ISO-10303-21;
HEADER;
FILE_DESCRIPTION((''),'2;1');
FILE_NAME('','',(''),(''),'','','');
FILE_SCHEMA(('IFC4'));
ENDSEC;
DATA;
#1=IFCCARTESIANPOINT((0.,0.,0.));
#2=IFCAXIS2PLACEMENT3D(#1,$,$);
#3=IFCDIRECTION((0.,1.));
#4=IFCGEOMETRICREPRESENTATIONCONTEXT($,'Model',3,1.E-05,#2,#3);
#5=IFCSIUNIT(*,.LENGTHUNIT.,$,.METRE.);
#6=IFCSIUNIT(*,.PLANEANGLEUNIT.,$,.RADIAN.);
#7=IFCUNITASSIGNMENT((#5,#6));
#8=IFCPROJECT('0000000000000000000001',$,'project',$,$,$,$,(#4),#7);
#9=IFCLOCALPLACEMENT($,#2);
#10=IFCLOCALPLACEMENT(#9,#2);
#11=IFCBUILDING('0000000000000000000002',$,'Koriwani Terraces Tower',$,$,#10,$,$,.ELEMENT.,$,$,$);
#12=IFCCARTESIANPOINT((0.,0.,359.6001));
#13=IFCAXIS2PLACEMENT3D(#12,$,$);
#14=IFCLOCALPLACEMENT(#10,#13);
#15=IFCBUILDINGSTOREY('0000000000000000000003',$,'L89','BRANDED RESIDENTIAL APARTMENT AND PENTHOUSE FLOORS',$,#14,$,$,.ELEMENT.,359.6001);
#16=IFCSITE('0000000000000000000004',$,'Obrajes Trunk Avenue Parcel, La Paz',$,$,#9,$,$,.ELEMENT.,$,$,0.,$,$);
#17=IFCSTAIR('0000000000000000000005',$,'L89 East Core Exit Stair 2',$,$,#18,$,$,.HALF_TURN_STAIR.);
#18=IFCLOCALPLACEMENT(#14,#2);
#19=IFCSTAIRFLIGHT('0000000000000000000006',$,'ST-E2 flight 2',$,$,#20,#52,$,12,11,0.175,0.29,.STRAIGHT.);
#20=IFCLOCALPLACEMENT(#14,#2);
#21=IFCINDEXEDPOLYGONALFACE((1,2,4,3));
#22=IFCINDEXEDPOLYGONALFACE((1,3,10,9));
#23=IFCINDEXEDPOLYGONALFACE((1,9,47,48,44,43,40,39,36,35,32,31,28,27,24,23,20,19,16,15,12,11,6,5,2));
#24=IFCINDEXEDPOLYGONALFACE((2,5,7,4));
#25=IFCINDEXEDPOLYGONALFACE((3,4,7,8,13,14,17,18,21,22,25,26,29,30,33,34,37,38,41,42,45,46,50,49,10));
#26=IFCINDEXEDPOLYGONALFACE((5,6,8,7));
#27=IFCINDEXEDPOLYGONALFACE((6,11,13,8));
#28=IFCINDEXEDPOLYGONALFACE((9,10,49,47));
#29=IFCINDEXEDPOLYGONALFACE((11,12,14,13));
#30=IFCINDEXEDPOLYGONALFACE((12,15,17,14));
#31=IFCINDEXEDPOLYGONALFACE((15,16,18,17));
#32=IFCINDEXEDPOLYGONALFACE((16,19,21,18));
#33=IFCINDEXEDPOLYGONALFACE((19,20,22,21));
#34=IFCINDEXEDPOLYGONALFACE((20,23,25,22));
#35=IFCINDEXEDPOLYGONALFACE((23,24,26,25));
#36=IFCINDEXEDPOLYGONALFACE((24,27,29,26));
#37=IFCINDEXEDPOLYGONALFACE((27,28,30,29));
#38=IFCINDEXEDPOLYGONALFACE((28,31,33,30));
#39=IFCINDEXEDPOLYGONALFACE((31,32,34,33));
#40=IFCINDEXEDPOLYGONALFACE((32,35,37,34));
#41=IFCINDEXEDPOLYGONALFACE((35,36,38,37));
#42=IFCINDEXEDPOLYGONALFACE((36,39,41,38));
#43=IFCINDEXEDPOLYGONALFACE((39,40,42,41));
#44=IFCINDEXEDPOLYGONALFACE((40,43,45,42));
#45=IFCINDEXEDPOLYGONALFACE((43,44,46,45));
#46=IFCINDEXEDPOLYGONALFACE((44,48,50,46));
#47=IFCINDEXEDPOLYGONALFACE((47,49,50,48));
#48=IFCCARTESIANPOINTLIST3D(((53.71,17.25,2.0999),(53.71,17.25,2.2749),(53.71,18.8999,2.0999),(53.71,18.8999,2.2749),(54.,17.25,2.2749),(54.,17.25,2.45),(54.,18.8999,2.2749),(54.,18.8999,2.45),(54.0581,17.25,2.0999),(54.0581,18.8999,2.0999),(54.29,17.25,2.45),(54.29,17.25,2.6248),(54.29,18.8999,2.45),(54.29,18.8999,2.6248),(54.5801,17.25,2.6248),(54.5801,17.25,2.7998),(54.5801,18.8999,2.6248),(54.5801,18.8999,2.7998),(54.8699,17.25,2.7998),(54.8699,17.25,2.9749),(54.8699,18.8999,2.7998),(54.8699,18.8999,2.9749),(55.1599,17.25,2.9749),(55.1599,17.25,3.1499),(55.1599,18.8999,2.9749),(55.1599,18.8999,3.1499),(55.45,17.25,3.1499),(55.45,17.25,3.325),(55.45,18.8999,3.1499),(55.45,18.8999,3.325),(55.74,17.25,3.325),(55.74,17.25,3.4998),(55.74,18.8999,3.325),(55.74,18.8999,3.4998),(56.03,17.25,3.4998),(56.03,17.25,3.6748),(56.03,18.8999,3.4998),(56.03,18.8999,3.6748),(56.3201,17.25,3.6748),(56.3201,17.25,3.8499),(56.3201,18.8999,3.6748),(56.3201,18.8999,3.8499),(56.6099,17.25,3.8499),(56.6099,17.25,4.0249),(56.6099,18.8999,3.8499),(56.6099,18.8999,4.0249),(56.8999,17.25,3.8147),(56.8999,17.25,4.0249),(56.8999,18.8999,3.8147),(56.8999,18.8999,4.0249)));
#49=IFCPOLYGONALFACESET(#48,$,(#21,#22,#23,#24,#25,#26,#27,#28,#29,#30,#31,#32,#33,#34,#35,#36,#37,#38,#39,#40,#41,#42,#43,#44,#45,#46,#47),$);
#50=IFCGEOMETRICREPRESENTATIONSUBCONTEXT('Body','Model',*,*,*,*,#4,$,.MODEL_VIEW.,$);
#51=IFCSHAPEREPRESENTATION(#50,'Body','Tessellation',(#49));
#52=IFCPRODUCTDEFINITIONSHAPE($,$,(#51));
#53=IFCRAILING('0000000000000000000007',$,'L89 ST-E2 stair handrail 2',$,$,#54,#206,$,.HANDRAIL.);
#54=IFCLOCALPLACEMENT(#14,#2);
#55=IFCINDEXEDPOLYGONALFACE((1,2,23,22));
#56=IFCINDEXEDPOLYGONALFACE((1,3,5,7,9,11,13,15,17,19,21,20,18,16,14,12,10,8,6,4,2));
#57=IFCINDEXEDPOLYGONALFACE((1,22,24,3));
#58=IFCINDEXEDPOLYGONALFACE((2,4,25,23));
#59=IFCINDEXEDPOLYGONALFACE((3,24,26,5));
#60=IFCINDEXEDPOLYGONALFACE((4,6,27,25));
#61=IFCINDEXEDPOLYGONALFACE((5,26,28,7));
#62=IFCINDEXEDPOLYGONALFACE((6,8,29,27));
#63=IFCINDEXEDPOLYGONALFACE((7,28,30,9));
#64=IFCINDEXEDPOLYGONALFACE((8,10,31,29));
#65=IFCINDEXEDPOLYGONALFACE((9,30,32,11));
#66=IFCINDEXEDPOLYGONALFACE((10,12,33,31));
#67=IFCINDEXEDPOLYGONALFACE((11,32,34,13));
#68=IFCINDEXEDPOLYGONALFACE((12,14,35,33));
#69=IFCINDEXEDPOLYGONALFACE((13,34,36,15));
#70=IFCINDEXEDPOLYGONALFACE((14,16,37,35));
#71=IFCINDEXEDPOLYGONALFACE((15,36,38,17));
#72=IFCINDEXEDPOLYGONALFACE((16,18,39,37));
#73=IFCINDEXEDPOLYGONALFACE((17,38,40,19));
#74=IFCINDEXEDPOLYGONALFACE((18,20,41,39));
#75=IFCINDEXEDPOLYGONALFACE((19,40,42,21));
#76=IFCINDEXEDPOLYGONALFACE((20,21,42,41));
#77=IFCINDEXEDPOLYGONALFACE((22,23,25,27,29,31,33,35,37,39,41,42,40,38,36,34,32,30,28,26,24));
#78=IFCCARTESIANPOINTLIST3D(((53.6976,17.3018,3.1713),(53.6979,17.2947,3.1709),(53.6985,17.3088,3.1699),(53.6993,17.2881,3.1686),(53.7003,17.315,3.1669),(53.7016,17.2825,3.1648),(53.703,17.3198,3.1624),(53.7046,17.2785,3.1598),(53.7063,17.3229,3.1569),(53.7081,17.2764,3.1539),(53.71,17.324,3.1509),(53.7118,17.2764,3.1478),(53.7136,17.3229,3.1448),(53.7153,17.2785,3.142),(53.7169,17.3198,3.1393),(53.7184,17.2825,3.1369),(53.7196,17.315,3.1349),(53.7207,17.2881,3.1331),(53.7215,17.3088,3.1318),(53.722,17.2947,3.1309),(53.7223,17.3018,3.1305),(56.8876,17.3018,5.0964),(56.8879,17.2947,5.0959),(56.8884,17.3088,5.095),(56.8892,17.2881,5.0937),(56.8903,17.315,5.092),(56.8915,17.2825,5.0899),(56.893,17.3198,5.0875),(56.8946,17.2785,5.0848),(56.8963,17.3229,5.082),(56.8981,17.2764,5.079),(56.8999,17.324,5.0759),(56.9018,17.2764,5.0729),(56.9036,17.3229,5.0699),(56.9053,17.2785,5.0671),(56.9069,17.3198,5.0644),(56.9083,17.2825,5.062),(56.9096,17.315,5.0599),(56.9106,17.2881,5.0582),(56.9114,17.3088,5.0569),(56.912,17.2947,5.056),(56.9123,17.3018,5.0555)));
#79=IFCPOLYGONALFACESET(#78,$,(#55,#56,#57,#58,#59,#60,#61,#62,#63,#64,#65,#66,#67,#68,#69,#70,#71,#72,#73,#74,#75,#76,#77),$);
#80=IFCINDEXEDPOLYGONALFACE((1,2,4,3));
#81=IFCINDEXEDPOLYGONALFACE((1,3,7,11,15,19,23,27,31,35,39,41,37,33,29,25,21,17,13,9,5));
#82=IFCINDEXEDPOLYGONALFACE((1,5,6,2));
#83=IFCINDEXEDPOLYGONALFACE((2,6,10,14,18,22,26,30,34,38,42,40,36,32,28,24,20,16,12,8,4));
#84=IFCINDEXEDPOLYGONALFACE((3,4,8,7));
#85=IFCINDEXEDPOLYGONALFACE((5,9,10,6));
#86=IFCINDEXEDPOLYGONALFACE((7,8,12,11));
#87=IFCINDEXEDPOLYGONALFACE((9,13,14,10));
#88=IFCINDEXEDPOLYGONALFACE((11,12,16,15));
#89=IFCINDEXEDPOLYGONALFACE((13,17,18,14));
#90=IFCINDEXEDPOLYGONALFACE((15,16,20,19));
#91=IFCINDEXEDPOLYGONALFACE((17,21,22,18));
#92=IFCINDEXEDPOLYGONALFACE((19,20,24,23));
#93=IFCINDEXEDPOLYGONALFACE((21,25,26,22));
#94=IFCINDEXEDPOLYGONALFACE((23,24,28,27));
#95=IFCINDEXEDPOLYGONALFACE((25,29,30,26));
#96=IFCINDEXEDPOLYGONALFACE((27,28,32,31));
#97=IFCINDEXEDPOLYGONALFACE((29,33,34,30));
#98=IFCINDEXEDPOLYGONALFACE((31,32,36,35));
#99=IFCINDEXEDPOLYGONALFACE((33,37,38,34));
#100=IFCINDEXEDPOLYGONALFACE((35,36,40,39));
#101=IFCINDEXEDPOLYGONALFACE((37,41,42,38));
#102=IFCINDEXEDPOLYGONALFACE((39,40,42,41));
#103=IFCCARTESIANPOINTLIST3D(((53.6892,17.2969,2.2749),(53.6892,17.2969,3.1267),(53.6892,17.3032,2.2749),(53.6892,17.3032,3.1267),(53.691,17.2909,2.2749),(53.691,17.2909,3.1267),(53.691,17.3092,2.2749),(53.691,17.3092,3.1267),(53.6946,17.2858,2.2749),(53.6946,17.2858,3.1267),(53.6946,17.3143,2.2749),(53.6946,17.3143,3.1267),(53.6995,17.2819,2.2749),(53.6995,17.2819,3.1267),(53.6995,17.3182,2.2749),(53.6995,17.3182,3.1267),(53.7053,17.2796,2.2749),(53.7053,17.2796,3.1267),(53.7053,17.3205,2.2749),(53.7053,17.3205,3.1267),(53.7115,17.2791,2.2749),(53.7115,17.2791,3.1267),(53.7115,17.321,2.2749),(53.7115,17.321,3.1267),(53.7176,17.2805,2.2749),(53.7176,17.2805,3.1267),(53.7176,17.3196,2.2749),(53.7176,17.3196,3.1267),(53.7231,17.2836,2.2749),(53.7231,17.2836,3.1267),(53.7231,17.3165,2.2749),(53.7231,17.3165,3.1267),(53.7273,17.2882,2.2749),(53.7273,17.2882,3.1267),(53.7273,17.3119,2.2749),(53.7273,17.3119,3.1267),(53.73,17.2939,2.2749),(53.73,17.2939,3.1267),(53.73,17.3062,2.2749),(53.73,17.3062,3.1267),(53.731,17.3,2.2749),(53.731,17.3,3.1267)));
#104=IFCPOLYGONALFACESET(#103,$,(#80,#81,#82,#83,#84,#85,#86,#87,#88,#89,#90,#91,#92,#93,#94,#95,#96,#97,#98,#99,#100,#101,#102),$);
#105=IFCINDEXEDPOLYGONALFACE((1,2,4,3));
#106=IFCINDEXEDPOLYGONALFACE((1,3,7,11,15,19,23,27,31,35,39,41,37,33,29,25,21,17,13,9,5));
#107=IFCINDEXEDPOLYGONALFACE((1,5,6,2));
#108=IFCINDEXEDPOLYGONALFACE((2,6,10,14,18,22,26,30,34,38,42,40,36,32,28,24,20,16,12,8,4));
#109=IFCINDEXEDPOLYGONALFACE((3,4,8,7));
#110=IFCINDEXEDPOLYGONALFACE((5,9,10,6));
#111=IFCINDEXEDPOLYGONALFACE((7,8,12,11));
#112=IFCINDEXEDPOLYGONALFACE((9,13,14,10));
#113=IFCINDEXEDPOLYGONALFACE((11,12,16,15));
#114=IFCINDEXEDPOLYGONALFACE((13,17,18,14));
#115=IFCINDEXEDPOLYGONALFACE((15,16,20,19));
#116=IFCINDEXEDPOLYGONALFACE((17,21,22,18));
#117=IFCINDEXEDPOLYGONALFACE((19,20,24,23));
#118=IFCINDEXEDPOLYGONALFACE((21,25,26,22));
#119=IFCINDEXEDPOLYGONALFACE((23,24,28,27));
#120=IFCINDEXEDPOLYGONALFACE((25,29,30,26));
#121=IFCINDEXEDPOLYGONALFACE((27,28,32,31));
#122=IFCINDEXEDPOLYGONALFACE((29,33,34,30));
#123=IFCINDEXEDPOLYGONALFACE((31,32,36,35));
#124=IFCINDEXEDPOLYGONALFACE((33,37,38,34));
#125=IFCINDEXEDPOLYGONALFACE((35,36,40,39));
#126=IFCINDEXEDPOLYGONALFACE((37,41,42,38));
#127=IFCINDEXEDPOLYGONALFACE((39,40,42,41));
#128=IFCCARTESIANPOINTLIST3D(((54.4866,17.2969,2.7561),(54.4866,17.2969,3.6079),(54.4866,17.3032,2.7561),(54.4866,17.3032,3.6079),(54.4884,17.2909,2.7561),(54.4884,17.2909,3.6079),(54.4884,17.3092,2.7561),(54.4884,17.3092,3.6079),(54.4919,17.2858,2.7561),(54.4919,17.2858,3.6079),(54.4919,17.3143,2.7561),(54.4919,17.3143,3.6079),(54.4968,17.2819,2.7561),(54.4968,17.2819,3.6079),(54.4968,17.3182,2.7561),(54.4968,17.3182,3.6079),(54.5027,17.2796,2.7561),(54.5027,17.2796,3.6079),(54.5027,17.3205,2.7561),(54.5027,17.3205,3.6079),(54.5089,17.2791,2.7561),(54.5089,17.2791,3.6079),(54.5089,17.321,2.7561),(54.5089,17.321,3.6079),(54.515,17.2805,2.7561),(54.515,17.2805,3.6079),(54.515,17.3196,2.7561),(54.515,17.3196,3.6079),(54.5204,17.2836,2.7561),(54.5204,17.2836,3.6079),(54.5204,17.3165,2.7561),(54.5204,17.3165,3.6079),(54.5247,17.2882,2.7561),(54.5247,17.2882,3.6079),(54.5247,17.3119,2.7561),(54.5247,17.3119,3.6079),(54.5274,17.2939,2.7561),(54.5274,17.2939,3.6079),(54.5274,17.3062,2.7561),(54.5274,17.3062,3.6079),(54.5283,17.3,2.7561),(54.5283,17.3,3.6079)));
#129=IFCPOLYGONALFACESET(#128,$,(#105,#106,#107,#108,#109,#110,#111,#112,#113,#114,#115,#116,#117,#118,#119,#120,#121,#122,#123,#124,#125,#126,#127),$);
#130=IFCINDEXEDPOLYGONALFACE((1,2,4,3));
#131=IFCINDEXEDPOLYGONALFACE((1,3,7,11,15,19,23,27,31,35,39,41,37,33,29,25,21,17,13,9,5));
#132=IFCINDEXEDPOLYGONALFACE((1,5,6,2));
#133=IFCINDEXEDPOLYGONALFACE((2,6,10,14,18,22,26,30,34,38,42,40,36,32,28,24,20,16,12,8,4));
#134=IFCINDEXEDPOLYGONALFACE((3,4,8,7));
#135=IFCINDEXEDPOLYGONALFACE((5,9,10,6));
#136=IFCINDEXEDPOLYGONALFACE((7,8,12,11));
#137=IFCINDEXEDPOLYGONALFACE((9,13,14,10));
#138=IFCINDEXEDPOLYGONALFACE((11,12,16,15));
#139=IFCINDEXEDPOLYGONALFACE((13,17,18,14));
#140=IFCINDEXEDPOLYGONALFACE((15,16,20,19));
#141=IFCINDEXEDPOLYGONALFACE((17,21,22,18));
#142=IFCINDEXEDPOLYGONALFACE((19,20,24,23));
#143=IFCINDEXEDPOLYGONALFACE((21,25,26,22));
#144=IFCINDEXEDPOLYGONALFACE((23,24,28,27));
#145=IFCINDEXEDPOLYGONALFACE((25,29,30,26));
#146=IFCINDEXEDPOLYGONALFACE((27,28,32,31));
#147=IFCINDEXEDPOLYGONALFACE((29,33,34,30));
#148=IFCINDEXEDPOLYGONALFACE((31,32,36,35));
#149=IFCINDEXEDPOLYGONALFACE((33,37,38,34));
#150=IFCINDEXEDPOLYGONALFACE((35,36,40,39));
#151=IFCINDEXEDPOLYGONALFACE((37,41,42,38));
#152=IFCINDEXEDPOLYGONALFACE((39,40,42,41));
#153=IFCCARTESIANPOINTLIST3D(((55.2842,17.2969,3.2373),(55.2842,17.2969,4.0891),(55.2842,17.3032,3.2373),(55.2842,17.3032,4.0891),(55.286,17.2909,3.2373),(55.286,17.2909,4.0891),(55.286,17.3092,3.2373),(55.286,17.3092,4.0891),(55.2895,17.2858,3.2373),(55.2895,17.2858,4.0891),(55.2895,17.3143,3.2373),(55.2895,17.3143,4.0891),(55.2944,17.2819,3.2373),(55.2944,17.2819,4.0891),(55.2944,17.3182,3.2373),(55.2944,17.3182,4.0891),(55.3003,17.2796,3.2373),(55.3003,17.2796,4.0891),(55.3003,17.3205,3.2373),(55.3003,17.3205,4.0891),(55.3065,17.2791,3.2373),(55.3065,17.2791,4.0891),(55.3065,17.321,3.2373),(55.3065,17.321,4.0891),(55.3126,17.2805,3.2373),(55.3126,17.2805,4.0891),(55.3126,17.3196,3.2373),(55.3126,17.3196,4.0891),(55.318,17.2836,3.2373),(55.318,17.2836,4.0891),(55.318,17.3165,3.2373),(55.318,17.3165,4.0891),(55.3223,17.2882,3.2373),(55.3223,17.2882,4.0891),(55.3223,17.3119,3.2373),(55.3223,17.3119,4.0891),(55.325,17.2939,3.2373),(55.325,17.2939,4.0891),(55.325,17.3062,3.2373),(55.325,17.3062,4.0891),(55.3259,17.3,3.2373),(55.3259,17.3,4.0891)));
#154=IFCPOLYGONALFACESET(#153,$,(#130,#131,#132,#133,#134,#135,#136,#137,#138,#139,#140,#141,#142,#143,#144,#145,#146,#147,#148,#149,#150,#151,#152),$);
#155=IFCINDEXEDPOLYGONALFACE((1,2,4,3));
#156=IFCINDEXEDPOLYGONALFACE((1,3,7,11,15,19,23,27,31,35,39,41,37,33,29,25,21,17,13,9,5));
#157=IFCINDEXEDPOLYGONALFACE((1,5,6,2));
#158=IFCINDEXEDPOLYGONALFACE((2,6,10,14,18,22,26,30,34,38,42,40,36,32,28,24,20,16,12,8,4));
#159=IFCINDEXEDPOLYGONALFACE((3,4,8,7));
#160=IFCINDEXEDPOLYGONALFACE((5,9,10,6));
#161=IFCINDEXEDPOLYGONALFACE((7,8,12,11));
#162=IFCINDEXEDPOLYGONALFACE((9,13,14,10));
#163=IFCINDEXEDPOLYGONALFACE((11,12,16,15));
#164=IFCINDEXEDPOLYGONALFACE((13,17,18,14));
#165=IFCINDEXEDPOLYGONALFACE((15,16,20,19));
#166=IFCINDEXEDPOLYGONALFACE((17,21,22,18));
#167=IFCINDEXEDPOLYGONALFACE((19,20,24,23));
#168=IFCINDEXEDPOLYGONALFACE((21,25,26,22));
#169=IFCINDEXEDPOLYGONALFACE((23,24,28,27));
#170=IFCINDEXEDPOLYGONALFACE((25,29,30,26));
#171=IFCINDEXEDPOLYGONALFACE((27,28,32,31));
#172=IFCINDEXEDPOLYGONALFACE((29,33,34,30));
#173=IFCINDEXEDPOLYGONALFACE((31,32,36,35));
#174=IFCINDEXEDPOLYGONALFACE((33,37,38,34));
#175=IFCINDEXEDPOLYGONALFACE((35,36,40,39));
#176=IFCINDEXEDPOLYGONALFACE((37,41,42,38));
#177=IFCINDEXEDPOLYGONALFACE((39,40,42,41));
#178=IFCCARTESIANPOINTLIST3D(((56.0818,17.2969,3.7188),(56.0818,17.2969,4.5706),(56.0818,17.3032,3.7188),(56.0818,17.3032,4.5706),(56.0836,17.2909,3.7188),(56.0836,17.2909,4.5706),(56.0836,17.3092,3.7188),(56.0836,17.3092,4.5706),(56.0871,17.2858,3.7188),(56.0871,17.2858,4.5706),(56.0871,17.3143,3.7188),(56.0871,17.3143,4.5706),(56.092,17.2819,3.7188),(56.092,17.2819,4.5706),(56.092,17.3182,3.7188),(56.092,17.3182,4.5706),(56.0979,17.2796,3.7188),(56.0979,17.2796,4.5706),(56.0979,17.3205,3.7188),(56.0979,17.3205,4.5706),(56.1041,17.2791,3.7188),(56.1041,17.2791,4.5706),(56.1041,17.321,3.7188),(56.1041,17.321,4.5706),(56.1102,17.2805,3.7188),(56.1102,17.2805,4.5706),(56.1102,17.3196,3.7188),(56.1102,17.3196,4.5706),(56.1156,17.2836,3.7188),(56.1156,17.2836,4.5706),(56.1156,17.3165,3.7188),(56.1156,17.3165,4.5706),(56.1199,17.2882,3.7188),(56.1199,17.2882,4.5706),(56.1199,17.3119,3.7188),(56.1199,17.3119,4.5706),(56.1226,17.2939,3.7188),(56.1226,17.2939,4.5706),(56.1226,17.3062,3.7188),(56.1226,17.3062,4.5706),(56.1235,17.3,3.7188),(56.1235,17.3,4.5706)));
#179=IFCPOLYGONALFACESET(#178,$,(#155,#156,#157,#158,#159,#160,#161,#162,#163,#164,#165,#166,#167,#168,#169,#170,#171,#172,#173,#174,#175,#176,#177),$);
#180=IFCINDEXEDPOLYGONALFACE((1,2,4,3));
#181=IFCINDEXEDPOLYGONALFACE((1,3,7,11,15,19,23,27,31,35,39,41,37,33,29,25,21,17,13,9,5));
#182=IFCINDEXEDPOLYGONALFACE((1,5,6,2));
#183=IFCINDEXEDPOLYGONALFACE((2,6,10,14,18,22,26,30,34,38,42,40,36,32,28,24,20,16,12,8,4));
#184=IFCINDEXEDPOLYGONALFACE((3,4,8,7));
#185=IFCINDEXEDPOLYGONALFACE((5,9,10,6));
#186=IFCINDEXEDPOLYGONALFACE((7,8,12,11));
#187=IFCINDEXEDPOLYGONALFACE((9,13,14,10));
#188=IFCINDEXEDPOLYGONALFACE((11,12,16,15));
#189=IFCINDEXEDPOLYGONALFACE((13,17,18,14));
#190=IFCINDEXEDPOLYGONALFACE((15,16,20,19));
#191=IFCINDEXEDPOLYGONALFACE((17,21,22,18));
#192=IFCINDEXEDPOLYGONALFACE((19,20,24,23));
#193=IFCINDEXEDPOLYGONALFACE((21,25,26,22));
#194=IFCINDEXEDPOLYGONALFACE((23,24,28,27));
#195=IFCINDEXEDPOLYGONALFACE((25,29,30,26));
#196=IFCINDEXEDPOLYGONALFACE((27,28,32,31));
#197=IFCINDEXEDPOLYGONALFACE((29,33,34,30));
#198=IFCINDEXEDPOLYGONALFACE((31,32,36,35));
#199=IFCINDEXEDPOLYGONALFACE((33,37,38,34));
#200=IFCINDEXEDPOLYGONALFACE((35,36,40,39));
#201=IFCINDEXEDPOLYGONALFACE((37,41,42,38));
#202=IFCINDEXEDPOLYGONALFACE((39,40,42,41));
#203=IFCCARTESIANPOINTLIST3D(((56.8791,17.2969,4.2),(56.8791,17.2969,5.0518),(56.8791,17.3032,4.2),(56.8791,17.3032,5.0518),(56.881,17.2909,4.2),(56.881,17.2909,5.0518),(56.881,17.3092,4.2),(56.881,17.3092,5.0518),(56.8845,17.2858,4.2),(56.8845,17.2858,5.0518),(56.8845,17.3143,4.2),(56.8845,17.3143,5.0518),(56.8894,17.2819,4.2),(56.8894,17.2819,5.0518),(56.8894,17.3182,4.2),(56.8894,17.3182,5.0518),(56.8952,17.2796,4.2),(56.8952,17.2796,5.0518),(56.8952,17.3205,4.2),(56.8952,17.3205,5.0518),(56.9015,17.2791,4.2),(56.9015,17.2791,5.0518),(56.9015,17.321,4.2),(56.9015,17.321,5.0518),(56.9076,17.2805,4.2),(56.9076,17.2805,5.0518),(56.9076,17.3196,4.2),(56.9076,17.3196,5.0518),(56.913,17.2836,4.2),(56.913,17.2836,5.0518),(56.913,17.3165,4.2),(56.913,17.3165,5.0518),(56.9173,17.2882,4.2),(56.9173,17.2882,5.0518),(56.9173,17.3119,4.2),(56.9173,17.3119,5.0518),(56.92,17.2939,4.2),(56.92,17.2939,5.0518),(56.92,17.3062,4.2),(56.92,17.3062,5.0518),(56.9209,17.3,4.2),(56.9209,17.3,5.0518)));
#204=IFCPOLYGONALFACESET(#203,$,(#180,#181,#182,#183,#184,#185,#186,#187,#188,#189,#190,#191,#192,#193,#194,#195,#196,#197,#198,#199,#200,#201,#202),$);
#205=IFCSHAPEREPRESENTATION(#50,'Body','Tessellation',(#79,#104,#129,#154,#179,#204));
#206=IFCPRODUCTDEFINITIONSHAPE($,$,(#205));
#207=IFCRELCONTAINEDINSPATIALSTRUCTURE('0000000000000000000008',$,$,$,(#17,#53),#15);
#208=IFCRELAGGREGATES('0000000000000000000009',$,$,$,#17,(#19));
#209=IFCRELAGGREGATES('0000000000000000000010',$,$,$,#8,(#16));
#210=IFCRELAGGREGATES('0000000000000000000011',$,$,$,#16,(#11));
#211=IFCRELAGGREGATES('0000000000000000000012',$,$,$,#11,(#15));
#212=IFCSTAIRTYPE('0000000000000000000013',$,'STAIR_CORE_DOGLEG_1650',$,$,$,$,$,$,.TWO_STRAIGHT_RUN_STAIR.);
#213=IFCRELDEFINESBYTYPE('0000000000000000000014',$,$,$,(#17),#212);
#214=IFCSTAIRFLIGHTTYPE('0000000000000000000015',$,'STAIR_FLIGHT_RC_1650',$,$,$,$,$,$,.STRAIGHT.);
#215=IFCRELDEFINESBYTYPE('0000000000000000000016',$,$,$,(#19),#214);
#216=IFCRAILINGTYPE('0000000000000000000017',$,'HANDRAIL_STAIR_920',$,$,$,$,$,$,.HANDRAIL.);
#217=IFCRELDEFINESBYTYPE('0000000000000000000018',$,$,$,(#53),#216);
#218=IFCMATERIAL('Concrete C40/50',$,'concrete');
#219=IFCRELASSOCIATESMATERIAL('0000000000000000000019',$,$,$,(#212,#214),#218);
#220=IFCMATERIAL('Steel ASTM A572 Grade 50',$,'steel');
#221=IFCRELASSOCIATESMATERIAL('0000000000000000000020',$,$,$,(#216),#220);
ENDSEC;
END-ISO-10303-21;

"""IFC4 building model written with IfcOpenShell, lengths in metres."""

from ifc_helpers import new_model, si_unit, direction, frame, origin, origin_2d, place, context, subcontext, project, spatial, polyline, circle, outline, extrude, material, type_object, element, aggregate, save


model = new_model("IFC4")

# Units and contexts
model_context = context("Model", 3, precision=1e-05, world=origin(), true_north=direction((0.0, 1.0)))
body_context = subcontext(model_context, "Body", "Model", "MODEL_VIEW")
ifc_project = project(units=[si_unit("LENGTHUNIT", "METRE"), si_unit("PLANEANGLEUNIT", "RADIAN")], contexts=[model_context])

# Site, building, storey
site_placement = place(None, origin())
site = spatial("IfcSite", under=ifc_project, at=site_placement, Name="Obrajes Trunk Avenue Parcel, La Paz", CompositionType="ELEMENT", RefElevation=0.0)
building_placement = place(site_placement, origin())
building = spatial("IfcBuilding", under=site, at=building_placement, Name="Koriwani Terraces Tower", CompositionType="ELEMENT")
storey_placement = place(building_placement, frame((0.0, 0.0, 359.6001)))
storey = spatial("IfcBuildingStorey", under=building, at=storey_placement, Name="L89", Description="BRANDED RESIDENTIAL APARTMENT AND PENTHOUSE FLOORS", CompositionType="ELEMENT", Elevation=359.6001)

# Shared definitions
ifc_material_1 = material(Name="Concrete C40/50", Category="concrete")
ifc_material_2 = material(Name="Steel ASTM A572 Grade 50", Category="steel")

# Stair, stair flight
stair_type = type_object("IfcStairType", Name="STAIR_CORE_DOGLEG_1650", PredefinedType="TWO_STRAIGHT_RUN_STAIR", material=ifc_material_1)
stair_placement = place(storey_placement, origin())
stair = element("IfcStair", 1, at=stair_placement, inside=storey, type_object=stair_type, Name="L89 East Core Exit Stair 2", PredefinedType="HALF_TURN_STAIR")
stair_flight_type = type_object("IfcStairFlightType", Name="STAIR_FLIGHT_RC_1650", PredefinedType="STRAIGHT", material=ifc_material_1)
stair_flight_placement = place(storey_placement, frame((53.71, 18.075, 2.0999), z_axis=(0.0, 0.0, 1.0), x_axis=(1.0, 0.0, 0.0)))
stair_flight = element("IfcStairFlight", 2, at=stair_flight_placement, type_object=stair_flight_type, Name="ST-E2 flight 2", NumberOfRisers=12, NumberOfTreads=11, PredefinedType="STRAIGHT", RiserHeight=0.175, TreadLength=0.29, context=body_context, shape_type="SweptSolid", body=[
    extrude(outline(polyline([(0.0, 0.0), (0.0, 0.175), (0.29, 0.175), (0.29, 0.3501), (0.5801, 0.3501), (0.5801, 0.5249), (0.8701, 0.5249), (0.8701, 0.7), (1.1599, 0.7), (1.1599, 0.875), (1.45, 0.875), (1.45, 1.05), (1.74, 1.05), (1.74, 1.2251), (2.03, 1.2251), (2.03, 1.3999), (2.3201, 1.3999), (2.3201, 1.575), (2.6101, 1.575), (2.6101, 1.75), (2.8999, 1.75), (2.8999, 1.925), (3.1899, 1.925), (3.1899, 2.1001), (3.1899, 1.7148), (0.3481, 0.0), (0.0, 0.0)])), frame((0.0, 0.825, 0.0), z_axis=(0.0, -1.0, 0.0), x_axis=(1.0, 0.0, 0.0)), (0.0, 0.0, 1.0), 1.6499),
])
aggregate(stair, [stair_flight])

# Railing
railing_type = type_object("IfcRailingType", Name="HANDRAIL_STAIR_920", PredefinedType="HANDRAIL", material=ifc_material_2)
railing_placement = place(storey_placement, frame((53.71, 17.3, 2.2749)))
element("IfcRailing", 3, at=railing_placement, inside=storey, type_object=railing_type, Name="L89 ST-E2 stair handrail 2", PredefinedType="HANDRAIL", context=body_context, shape_type="SweptSolid", body=[
    extrude(circle(Radius=0.0239, at=origin_2d()), frame((0.0, 0.0, 0.876), z_axis=(0.856178, 0.0, 0.516682), x_axis=(0.0, 1.0, 0.0)), (0.0, 0.0, 1.0), 3.7258),
    extrude(circle(Radius=0.021, at=origin_2d()), origin(), (0.0, 0.0, 1.0), 0.8518),
    extrude(circle(Radius=0.021, at=origin_2d()), frame((0.7974, 0.0, 0.4812)), (0.0, 0.0, 1.0), 0.8518),
    extrude(circle(Radius=0.021, at=origin_2d()), frame((1.595, 0.0, 0.9624)), (0.0, 0.0, 1.0), 0.8518),
    extrude(circle(Radius=0.021, at=origin_2d()), frame((2.3926, 0.0, 1.4438)), (0.0, 0.0, 1.0), 0.8518),
    extrude(circle(Radius=0.021, at=origin_2d()), frame((3.1899, 0.0, 1.925)), (0.0, 0.0, 1.0), 0.8518),
])

save(model, "model.ifc")
